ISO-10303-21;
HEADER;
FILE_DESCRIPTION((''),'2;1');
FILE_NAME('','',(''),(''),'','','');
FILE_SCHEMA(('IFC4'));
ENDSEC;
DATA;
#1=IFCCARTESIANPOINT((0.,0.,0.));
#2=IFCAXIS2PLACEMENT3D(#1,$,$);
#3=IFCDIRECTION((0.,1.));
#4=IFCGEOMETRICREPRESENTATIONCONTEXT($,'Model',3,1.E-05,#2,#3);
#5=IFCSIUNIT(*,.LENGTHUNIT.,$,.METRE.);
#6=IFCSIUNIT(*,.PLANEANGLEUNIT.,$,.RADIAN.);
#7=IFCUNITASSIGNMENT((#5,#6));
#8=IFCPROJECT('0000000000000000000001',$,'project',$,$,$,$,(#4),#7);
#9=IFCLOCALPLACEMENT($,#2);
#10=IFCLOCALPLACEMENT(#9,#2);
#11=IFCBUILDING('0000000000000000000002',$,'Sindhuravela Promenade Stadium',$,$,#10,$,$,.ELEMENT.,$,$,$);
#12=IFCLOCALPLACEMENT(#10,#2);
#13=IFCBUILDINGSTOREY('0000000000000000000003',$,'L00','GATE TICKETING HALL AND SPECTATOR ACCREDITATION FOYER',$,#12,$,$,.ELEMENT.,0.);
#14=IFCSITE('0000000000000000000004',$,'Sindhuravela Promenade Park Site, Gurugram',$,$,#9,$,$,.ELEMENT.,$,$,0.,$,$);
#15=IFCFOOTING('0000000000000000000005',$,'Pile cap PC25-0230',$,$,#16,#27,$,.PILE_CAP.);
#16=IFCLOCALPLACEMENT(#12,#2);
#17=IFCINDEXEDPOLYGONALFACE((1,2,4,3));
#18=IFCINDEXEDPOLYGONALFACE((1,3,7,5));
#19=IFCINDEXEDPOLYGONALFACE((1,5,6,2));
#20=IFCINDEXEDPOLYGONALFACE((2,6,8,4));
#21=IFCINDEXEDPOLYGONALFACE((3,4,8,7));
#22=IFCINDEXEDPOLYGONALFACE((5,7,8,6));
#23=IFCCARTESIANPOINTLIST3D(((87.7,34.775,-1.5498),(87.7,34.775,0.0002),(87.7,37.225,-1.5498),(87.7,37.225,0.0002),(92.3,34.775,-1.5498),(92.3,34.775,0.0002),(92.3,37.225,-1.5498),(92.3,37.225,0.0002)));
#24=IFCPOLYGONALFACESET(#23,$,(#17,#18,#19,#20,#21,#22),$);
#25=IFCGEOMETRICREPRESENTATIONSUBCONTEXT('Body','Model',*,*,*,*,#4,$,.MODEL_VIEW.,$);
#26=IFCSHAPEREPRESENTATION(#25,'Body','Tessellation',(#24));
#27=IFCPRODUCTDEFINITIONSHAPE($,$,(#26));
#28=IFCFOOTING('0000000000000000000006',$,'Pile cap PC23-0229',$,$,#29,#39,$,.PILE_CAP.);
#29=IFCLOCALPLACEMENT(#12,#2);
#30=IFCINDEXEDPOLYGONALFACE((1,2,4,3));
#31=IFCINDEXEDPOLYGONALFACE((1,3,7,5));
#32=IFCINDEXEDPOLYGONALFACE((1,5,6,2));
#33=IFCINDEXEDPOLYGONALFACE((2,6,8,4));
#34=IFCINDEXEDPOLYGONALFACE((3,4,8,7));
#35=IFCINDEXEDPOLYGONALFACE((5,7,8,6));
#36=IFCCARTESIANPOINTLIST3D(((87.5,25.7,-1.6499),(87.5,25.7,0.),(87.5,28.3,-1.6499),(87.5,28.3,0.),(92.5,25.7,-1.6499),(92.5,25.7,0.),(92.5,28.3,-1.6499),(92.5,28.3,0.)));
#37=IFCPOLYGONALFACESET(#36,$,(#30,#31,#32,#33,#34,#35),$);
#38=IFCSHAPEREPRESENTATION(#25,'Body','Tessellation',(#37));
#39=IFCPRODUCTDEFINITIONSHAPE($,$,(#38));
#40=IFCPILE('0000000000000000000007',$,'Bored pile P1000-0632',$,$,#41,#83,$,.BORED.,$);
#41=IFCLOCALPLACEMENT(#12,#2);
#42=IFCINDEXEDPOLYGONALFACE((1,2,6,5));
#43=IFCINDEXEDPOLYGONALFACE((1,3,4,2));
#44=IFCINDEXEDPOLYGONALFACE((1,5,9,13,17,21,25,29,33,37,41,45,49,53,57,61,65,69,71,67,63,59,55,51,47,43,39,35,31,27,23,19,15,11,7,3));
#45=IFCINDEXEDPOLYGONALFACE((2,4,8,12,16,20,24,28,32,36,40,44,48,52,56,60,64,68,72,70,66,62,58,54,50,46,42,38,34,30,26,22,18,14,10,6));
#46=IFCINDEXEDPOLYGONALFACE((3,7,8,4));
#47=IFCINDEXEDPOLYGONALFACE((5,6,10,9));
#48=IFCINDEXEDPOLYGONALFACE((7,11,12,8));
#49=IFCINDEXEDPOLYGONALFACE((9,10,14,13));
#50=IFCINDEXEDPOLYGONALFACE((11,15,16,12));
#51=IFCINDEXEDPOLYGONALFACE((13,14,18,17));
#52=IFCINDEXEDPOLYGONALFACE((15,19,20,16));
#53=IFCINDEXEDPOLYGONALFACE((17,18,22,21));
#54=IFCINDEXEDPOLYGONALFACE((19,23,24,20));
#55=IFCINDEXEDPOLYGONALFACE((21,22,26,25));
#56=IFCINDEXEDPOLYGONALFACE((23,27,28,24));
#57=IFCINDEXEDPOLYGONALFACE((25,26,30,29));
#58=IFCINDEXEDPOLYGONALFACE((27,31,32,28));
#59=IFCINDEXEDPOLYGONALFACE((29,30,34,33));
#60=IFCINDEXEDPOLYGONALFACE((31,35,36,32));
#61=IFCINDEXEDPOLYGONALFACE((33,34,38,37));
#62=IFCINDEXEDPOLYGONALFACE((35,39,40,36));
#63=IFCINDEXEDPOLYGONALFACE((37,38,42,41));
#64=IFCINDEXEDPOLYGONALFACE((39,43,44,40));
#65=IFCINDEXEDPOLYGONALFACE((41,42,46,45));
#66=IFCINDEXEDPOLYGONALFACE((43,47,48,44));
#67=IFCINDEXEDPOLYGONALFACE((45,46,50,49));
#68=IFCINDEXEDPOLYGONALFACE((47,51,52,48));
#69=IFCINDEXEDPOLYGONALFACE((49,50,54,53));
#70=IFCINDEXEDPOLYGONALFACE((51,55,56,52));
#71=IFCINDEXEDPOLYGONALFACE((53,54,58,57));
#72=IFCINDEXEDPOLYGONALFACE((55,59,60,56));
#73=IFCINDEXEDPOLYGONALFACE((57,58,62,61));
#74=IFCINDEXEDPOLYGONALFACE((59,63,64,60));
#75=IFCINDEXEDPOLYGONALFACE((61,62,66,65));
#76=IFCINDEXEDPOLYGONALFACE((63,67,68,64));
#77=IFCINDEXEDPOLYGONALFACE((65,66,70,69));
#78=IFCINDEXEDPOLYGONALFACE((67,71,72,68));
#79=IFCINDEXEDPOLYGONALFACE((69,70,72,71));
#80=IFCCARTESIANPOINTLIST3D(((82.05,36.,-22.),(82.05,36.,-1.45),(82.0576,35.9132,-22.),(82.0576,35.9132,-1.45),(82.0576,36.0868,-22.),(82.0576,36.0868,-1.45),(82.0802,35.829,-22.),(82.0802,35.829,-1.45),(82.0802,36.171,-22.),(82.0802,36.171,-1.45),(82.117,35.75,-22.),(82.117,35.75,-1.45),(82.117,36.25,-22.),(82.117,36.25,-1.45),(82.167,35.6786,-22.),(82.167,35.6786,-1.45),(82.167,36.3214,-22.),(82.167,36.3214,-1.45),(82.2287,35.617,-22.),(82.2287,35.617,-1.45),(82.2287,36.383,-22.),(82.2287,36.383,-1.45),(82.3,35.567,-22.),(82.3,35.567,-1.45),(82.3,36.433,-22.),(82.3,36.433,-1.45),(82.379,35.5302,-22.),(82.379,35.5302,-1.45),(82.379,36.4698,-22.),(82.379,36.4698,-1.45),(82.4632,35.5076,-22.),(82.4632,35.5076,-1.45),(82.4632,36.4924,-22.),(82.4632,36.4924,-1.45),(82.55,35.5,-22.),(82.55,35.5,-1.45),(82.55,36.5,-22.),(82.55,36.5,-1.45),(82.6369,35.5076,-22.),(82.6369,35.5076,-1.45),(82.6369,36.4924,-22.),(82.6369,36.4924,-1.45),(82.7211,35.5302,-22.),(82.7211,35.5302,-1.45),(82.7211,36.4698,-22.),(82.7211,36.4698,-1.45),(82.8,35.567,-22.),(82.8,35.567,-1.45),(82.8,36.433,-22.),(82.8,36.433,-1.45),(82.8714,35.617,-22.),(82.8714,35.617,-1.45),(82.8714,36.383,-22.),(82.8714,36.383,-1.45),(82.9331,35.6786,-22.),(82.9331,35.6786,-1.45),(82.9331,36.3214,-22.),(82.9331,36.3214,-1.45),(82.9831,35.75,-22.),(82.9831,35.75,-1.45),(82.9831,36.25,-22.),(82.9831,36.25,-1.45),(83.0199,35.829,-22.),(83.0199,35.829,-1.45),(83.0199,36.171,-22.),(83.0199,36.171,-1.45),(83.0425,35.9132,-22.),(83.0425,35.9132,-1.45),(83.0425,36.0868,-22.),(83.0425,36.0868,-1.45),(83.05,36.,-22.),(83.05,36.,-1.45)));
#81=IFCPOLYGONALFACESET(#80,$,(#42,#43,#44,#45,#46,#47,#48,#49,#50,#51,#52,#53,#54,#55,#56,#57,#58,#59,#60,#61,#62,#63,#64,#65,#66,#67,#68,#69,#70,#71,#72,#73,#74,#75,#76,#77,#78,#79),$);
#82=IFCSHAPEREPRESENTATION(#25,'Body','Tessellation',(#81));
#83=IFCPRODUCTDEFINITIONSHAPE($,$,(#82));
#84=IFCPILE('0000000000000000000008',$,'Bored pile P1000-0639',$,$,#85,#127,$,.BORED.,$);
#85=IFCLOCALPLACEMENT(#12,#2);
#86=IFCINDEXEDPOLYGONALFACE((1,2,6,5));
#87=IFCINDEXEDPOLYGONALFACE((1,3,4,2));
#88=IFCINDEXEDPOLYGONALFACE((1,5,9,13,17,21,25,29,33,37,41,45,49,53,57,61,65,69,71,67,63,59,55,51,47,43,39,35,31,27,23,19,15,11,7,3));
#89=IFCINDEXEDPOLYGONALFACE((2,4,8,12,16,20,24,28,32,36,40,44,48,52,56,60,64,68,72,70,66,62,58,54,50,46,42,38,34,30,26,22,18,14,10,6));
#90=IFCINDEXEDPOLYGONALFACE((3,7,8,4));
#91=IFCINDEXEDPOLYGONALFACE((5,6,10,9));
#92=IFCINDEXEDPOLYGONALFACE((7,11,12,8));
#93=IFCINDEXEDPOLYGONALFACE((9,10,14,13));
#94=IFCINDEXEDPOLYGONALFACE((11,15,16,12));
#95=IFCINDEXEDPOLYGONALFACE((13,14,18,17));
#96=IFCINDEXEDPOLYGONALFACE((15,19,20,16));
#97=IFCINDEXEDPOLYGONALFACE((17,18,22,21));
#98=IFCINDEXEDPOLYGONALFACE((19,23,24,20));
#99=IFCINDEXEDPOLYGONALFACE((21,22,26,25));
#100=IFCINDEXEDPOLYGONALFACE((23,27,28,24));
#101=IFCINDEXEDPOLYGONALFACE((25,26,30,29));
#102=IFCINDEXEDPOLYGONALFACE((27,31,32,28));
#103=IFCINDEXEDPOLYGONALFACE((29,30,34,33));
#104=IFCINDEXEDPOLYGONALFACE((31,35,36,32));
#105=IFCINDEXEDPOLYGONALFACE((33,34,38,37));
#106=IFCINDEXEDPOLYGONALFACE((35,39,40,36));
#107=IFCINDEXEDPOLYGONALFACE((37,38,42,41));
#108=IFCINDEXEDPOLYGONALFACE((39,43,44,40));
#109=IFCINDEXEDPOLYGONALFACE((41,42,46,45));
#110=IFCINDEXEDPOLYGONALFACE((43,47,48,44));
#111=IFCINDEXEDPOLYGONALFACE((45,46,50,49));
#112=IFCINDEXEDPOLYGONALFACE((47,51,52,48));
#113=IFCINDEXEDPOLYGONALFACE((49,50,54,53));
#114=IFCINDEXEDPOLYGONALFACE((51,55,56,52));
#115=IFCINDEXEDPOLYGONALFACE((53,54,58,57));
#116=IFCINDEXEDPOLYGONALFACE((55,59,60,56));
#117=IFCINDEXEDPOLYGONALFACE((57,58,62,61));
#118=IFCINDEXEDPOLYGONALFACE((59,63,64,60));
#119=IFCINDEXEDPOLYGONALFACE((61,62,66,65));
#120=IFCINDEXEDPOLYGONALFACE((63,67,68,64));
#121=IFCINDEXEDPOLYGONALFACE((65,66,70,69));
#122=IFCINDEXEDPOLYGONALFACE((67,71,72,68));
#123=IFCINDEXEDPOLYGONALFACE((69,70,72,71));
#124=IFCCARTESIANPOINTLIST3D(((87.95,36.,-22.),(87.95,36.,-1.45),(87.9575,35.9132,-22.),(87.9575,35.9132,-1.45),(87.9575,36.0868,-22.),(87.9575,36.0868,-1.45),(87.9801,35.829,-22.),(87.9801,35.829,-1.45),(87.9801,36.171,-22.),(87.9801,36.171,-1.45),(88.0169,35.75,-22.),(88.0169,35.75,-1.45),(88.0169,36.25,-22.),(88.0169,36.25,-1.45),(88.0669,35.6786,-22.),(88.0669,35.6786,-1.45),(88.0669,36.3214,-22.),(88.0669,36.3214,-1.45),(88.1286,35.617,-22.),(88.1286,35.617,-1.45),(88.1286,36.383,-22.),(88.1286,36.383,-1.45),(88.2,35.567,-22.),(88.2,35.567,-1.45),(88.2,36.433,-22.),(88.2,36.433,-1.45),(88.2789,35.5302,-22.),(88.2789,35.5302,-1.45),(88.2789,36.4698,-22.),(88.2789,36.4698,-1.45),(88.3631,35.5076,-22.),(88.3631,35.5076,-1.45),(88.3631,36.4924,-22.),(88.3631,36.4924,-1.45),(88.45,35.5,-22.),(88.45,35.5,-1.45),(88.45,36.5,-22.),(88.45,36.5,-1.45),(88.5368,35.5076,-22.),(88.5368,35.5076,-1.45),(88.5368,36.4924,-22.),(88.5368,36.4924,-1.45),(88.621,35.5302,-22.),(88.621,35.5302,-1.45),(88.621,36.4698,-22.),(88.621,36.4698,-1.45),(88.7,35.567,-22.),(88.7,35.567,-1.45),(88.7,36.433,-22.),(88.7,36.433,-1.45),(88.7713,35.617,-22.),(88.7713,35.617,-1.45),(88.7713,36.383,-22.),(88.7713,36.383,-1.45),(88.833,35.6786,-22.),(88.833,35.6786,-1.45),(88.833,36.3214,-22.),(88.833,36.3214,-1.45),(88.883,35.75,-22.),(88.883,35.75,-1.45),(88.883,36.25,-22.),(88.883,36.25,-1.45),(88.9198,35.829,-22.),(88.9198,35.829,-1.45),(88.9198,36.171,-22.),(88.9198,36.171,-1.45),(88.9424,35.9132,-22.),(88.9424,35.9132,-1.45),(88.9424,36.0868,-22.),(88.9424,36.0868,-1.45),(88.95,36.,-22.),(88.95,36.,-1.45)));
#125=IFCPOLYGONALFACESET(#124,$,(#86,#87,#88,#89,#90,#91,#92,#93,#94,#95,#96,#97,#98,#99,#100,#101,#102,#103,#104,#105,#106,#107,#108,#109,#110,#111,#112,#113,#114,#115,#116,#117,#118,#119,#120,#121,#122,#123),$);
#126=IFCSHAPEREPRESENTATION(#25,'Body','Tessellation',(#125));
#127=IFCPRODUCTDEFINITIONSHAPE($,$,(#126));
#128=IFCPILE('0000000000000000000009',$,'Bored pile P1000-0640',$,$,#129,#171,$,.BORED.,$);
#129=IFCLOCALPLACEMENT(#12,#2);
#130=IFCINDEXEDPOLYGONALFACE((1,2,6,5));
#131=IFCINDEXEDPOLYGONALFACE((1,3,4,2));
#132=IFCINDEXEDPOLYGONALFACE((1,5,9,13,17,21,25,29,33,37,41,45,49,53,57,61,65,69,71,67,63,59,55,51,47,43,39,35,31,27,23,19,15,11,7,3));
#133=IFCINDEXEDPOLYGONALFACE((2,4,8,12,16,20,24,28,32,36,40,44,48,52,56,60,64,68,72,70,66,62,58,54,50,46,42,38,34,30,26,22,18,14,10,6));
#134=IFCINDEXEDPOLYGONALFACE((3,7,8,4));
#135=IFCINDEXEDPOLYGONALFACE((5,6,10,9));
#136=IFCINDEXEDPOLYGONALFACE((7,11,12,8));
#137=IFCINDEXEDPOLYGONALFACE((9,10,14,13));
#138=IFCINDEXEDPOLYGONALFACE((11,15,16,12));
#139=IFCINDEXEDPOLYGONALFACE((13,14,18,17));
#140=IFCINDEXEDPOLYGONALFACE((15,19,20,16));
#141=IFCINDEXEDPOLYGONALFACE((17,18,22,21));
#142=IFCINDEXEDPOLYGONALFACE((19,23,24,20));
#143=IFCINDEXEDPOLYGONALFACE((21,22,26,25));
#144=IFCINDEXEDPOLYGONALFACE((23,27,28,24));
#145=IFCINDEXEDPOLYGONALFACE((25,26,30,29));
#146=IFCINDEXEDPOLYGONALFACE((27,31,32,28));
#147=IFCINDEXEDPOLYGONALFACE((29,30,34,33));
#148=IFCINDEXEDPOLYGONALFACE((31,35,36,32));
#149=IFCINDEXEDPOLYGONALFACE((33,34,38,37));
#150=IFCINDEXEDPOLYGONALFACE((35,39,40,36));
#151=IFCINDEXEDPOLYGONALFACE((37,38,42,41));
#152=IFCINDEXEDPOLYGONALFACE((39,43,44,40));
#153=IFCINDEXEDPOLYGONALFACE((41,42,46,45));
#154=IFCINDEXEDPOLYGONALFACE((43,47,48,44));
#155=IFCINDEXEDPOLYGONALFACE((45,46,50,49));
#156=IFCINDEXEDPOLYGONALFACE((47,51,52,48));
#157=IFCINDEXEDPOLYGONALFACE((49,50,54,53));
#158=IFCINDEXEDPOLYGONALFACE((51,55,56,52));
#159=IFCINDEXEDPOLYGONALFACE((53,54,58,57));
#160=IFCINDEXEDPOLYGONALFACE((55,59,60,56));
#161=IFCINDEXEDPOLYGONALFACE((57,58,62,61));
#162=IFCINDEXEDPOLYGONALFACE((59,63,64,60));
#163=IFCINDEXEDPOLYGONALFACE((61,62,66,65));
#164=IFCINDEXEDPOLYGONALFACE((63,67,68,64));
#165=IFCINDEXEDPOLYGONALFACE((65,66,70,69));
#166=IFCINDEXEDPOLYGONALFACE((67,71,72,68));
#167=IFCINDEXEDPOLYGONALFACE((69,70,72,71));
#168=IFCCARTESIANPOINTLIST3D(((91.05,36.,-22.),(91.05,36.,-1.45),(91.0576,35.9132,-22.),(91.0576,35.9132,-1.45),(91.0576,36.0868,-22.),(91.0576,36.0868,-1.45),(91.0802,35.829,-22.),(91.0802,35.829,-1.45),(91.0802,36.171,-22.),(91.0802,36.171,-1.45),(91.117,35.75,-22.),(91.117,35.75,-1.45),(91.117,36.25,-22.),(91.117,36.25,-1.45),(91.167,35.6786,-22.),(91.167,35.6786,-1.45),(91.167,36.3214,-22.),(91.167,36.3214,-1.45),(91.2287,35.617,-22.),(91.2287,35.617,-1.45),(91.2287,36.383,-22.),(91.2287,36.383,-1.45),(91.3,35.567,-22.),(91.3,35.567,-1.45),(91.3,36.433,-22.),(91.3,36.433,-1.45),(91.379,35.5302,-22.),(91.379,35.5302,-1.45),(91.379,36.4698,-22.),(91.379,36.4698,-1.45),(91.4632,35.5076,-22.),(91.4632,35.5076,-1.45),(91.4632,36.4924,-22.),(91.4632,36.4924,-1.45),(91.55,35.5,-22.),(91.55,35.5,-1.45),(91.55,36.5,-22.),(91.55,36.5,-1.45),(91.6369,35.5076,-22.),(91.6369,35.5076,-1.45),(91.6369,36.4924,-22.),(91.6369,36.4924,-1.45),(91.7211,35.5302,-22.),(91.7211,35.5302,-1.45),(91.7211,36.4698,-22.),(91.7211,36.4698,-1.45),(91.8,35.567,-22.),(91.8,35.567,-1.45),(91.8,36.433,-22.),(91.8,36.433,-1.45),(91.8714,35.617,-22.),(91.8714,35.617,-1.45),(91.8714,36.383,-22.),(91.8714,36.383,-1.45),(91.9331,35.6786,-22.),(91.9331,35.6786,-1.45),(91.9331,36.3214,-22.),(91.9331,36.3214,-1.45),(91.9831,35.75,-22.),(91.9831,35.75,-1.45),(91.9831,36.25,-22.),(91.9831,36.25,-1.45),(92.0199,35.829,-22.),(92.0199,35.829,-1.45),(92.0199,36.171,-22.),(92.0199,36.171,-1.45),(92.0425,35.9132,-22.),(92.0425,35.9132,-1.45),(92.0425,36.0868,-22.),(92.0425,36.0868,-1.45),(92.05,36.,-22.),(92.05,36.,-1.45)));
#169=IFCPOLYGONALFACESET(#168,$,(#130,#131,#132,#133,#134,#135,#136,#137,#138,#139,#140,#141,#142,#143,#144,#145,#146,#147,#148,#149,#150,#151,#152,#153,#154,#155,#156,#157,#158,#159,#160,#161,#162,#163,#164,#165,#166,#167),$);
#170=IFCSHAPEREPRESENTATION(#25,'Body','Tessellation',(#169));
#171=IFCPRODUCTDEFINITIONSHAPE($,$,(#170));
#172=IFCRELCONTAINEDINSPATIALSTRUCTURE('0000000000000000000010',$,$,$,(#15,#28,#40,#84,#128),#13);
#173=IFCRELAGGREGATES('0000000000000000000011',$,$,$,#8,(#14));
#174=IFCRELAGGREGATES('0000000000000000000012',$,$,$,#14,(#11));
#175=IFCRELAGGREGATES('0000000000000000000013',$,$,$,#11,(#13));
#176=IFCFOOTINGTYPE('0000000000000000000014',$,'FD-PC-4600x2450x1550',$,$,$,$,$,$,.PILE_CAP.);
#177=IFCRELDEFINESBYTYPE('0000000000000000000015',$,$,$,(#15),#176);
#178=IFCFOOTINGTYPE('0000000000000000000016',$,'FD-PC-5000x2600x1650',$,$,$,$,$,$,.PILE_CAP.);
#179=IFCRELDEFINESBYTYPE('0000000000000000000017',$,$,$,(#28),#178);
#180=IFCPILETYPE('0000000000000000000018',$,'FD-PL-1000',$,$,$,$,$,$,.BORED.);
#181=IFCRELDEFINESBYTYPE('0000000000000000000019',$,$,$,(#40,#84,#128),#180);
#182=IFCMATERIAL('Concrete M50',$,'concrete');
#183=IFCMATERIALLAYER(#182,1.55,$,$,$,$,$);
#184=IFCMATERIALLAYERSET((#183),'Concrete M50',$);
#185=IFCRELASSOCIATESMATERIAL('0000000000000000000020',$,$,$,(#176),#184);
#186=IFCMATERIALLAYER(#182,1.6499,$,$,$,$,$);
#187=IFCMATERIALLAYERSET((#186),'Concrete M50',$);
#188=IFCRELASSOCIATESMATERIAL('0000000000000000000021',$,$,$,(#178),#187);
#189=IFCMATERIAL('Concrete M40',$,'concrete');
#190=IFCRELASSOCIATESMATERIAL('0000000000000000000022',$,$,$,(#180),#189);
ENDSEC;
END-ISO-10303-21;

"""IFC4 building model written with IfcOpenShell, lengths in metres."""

from ifc_helpers import new_model, si_unit, direction, frame, origin, origin_2d, place, context, subcontext, project, spatial, rectangle, circle, extrude, material, layer, layer_set, material_profile, profile_set, type_object, element, save


model = new_model("IFC4")

# Units and contexts
model_context = context("Model", 3, precision=1e-05, world=origin(), true_north=direction((0.0, 1.0)))
body_context = subcontext(model_context, "Body", "Model", "MODEL_VIEW")
ifc_project = project(units=[si_unit("LENGTHUNIT", "METRE"), si_unit("PLANEANGLEUNIT", "RADIAN")], contexts=[model_context])

# Site, building, storey
site_placement = place(None, origin())
site = spatial("IfcSite", under=ifc_project, at=site_placement, Name="Sindhuravela Promenade Park Site, Gurugram", CompositionType="ELEMENT", RefElevation=0.0)
building_placement = place(site_placement, origin())
building = spatial("IfcBuilding", under=site, at=building_placement, Name="Sindhuravela Promenade Stadium", CompositionType="ELEMENT")
storey_placement = place(building_placement, origin())
storey = spatial("IfcBuildingStorey", under=building, at=storey_placement, Name="L00", Description="GATE TICKETING HALL AND SPECTATOR ACCREDITATION FOYER", CompositionType="ELEMENT", Elevation=0.0)

# Footings
ifc_material_1 = material(Name="Concrete M50", Category="concrete")
ifc_layer_1 = layer(ifc_material_1, 1.55)
ifc_layer_set_1 = layer_set([ifc_layer_1], Name="Concrete M50")
footing_type_1 = type_object("IfcFootingType", Name="FD-PC-4600x2450x1550", PredefinedType="PILE_CAP", material=ifc_layer_set_1)
footing_1_placement = place(storey_placement, frame((90.0, 36.0, -1.5498), z_axis=(0.0, 0.0, 1.0), x_axis=(1.0, 0.0, 0.0)))
element("IfcFooting", 1, at=footing_1_placement, inside=storey, type_object=footing_type_1, Name="Pile cap PC25-0230", PredefinedType="PILE_CAP", context=body_context, shape_type="SweptSolid", body=[
    extrude(rectangle(XDim=4.6001, YDim=2.45, at=origin_2d()), origin(), (0.0, 0.0, 1.0), 1.55),
])
ifc_layer_2 = layer(ifc_material_1, 1.6499)
ifc_layer_set_2 = layer_set([ifc_layer_2], Name="Concrete M50")
footing_type_2 = type_object("IfcFootingType", Name="FD-PC-5000x2600x1650", PredefinedType="PILE_CAP", material=ifc_layer_set_2)
footing_2_placement = place(storey_placement, frame((90.0, 27.0, -1.6499), z_axis=(0.0, 0.0, 1.0), x_axis=(1.0, 0.0, 0.0)))
element("IfcFooting", 2, at=footing_2_placement, inside=storey, type_object=footing_type_2, Name="Pile cap PC23-0229", PredefinedType="PILE_CAP", context=body_context, shape_type="SweptSolid", body=[
    extrude(rectangle(XDim=5.0, YDim=2.6001, at=origin_2d()), origin(), (0.0, 0.0, 1.0), 1.6499),
])

# Piles
ifc_material_2 = material(Name="Concrete M40", Category="concrete")
ifc_material_profile_1 = material_profile(ifc_material_2, circle(Radius=0.5, at=origin_2d()), Name="BORED PILE D1000")
ifc_profile_set_1 = profile_set([ifc_material_profile_1], Name="Concrete M40")
pile_type_1 = type_object("IfcPileType", Name="FD-PL-1000", PredefinedType="BORED", material=ifc_profile_set_1)
for number, where, z_axis, x_axis, name in (
    (3, (82.55, 36.0, -1.45), (0.0, 0.0, -1.0), (1.0, 0.0, 0.0), "Bored pile P1000-0632"),
    (4, (88.45, 36.0, -1.45), (0.0, 0.0, -1.0), (1.0, 0.0, 0.0), "Bored pile P1000-0639"),
    (5, (91.55, 36.0, -1.45), (0.0, 0.0, -1.0), (1.0, 0.0, 0.0), "Bored pile P1000-0640"),
):
    element("IfcPile", number, at=place(storey_placement, frame(where, z_axis=z_axis, x_axis=x_axis)), inside=storey, type_object=pile_type_1, Name=name, PredefinedType="BORED", context=body_context, shape_type="SweptSolid", body=[
        extrude(circle(Radius=0.5, at=origin_2d()), origin(), (0.0, 0.0, 1.0), 20.55),
    ])

save(model, "model.ifc")
